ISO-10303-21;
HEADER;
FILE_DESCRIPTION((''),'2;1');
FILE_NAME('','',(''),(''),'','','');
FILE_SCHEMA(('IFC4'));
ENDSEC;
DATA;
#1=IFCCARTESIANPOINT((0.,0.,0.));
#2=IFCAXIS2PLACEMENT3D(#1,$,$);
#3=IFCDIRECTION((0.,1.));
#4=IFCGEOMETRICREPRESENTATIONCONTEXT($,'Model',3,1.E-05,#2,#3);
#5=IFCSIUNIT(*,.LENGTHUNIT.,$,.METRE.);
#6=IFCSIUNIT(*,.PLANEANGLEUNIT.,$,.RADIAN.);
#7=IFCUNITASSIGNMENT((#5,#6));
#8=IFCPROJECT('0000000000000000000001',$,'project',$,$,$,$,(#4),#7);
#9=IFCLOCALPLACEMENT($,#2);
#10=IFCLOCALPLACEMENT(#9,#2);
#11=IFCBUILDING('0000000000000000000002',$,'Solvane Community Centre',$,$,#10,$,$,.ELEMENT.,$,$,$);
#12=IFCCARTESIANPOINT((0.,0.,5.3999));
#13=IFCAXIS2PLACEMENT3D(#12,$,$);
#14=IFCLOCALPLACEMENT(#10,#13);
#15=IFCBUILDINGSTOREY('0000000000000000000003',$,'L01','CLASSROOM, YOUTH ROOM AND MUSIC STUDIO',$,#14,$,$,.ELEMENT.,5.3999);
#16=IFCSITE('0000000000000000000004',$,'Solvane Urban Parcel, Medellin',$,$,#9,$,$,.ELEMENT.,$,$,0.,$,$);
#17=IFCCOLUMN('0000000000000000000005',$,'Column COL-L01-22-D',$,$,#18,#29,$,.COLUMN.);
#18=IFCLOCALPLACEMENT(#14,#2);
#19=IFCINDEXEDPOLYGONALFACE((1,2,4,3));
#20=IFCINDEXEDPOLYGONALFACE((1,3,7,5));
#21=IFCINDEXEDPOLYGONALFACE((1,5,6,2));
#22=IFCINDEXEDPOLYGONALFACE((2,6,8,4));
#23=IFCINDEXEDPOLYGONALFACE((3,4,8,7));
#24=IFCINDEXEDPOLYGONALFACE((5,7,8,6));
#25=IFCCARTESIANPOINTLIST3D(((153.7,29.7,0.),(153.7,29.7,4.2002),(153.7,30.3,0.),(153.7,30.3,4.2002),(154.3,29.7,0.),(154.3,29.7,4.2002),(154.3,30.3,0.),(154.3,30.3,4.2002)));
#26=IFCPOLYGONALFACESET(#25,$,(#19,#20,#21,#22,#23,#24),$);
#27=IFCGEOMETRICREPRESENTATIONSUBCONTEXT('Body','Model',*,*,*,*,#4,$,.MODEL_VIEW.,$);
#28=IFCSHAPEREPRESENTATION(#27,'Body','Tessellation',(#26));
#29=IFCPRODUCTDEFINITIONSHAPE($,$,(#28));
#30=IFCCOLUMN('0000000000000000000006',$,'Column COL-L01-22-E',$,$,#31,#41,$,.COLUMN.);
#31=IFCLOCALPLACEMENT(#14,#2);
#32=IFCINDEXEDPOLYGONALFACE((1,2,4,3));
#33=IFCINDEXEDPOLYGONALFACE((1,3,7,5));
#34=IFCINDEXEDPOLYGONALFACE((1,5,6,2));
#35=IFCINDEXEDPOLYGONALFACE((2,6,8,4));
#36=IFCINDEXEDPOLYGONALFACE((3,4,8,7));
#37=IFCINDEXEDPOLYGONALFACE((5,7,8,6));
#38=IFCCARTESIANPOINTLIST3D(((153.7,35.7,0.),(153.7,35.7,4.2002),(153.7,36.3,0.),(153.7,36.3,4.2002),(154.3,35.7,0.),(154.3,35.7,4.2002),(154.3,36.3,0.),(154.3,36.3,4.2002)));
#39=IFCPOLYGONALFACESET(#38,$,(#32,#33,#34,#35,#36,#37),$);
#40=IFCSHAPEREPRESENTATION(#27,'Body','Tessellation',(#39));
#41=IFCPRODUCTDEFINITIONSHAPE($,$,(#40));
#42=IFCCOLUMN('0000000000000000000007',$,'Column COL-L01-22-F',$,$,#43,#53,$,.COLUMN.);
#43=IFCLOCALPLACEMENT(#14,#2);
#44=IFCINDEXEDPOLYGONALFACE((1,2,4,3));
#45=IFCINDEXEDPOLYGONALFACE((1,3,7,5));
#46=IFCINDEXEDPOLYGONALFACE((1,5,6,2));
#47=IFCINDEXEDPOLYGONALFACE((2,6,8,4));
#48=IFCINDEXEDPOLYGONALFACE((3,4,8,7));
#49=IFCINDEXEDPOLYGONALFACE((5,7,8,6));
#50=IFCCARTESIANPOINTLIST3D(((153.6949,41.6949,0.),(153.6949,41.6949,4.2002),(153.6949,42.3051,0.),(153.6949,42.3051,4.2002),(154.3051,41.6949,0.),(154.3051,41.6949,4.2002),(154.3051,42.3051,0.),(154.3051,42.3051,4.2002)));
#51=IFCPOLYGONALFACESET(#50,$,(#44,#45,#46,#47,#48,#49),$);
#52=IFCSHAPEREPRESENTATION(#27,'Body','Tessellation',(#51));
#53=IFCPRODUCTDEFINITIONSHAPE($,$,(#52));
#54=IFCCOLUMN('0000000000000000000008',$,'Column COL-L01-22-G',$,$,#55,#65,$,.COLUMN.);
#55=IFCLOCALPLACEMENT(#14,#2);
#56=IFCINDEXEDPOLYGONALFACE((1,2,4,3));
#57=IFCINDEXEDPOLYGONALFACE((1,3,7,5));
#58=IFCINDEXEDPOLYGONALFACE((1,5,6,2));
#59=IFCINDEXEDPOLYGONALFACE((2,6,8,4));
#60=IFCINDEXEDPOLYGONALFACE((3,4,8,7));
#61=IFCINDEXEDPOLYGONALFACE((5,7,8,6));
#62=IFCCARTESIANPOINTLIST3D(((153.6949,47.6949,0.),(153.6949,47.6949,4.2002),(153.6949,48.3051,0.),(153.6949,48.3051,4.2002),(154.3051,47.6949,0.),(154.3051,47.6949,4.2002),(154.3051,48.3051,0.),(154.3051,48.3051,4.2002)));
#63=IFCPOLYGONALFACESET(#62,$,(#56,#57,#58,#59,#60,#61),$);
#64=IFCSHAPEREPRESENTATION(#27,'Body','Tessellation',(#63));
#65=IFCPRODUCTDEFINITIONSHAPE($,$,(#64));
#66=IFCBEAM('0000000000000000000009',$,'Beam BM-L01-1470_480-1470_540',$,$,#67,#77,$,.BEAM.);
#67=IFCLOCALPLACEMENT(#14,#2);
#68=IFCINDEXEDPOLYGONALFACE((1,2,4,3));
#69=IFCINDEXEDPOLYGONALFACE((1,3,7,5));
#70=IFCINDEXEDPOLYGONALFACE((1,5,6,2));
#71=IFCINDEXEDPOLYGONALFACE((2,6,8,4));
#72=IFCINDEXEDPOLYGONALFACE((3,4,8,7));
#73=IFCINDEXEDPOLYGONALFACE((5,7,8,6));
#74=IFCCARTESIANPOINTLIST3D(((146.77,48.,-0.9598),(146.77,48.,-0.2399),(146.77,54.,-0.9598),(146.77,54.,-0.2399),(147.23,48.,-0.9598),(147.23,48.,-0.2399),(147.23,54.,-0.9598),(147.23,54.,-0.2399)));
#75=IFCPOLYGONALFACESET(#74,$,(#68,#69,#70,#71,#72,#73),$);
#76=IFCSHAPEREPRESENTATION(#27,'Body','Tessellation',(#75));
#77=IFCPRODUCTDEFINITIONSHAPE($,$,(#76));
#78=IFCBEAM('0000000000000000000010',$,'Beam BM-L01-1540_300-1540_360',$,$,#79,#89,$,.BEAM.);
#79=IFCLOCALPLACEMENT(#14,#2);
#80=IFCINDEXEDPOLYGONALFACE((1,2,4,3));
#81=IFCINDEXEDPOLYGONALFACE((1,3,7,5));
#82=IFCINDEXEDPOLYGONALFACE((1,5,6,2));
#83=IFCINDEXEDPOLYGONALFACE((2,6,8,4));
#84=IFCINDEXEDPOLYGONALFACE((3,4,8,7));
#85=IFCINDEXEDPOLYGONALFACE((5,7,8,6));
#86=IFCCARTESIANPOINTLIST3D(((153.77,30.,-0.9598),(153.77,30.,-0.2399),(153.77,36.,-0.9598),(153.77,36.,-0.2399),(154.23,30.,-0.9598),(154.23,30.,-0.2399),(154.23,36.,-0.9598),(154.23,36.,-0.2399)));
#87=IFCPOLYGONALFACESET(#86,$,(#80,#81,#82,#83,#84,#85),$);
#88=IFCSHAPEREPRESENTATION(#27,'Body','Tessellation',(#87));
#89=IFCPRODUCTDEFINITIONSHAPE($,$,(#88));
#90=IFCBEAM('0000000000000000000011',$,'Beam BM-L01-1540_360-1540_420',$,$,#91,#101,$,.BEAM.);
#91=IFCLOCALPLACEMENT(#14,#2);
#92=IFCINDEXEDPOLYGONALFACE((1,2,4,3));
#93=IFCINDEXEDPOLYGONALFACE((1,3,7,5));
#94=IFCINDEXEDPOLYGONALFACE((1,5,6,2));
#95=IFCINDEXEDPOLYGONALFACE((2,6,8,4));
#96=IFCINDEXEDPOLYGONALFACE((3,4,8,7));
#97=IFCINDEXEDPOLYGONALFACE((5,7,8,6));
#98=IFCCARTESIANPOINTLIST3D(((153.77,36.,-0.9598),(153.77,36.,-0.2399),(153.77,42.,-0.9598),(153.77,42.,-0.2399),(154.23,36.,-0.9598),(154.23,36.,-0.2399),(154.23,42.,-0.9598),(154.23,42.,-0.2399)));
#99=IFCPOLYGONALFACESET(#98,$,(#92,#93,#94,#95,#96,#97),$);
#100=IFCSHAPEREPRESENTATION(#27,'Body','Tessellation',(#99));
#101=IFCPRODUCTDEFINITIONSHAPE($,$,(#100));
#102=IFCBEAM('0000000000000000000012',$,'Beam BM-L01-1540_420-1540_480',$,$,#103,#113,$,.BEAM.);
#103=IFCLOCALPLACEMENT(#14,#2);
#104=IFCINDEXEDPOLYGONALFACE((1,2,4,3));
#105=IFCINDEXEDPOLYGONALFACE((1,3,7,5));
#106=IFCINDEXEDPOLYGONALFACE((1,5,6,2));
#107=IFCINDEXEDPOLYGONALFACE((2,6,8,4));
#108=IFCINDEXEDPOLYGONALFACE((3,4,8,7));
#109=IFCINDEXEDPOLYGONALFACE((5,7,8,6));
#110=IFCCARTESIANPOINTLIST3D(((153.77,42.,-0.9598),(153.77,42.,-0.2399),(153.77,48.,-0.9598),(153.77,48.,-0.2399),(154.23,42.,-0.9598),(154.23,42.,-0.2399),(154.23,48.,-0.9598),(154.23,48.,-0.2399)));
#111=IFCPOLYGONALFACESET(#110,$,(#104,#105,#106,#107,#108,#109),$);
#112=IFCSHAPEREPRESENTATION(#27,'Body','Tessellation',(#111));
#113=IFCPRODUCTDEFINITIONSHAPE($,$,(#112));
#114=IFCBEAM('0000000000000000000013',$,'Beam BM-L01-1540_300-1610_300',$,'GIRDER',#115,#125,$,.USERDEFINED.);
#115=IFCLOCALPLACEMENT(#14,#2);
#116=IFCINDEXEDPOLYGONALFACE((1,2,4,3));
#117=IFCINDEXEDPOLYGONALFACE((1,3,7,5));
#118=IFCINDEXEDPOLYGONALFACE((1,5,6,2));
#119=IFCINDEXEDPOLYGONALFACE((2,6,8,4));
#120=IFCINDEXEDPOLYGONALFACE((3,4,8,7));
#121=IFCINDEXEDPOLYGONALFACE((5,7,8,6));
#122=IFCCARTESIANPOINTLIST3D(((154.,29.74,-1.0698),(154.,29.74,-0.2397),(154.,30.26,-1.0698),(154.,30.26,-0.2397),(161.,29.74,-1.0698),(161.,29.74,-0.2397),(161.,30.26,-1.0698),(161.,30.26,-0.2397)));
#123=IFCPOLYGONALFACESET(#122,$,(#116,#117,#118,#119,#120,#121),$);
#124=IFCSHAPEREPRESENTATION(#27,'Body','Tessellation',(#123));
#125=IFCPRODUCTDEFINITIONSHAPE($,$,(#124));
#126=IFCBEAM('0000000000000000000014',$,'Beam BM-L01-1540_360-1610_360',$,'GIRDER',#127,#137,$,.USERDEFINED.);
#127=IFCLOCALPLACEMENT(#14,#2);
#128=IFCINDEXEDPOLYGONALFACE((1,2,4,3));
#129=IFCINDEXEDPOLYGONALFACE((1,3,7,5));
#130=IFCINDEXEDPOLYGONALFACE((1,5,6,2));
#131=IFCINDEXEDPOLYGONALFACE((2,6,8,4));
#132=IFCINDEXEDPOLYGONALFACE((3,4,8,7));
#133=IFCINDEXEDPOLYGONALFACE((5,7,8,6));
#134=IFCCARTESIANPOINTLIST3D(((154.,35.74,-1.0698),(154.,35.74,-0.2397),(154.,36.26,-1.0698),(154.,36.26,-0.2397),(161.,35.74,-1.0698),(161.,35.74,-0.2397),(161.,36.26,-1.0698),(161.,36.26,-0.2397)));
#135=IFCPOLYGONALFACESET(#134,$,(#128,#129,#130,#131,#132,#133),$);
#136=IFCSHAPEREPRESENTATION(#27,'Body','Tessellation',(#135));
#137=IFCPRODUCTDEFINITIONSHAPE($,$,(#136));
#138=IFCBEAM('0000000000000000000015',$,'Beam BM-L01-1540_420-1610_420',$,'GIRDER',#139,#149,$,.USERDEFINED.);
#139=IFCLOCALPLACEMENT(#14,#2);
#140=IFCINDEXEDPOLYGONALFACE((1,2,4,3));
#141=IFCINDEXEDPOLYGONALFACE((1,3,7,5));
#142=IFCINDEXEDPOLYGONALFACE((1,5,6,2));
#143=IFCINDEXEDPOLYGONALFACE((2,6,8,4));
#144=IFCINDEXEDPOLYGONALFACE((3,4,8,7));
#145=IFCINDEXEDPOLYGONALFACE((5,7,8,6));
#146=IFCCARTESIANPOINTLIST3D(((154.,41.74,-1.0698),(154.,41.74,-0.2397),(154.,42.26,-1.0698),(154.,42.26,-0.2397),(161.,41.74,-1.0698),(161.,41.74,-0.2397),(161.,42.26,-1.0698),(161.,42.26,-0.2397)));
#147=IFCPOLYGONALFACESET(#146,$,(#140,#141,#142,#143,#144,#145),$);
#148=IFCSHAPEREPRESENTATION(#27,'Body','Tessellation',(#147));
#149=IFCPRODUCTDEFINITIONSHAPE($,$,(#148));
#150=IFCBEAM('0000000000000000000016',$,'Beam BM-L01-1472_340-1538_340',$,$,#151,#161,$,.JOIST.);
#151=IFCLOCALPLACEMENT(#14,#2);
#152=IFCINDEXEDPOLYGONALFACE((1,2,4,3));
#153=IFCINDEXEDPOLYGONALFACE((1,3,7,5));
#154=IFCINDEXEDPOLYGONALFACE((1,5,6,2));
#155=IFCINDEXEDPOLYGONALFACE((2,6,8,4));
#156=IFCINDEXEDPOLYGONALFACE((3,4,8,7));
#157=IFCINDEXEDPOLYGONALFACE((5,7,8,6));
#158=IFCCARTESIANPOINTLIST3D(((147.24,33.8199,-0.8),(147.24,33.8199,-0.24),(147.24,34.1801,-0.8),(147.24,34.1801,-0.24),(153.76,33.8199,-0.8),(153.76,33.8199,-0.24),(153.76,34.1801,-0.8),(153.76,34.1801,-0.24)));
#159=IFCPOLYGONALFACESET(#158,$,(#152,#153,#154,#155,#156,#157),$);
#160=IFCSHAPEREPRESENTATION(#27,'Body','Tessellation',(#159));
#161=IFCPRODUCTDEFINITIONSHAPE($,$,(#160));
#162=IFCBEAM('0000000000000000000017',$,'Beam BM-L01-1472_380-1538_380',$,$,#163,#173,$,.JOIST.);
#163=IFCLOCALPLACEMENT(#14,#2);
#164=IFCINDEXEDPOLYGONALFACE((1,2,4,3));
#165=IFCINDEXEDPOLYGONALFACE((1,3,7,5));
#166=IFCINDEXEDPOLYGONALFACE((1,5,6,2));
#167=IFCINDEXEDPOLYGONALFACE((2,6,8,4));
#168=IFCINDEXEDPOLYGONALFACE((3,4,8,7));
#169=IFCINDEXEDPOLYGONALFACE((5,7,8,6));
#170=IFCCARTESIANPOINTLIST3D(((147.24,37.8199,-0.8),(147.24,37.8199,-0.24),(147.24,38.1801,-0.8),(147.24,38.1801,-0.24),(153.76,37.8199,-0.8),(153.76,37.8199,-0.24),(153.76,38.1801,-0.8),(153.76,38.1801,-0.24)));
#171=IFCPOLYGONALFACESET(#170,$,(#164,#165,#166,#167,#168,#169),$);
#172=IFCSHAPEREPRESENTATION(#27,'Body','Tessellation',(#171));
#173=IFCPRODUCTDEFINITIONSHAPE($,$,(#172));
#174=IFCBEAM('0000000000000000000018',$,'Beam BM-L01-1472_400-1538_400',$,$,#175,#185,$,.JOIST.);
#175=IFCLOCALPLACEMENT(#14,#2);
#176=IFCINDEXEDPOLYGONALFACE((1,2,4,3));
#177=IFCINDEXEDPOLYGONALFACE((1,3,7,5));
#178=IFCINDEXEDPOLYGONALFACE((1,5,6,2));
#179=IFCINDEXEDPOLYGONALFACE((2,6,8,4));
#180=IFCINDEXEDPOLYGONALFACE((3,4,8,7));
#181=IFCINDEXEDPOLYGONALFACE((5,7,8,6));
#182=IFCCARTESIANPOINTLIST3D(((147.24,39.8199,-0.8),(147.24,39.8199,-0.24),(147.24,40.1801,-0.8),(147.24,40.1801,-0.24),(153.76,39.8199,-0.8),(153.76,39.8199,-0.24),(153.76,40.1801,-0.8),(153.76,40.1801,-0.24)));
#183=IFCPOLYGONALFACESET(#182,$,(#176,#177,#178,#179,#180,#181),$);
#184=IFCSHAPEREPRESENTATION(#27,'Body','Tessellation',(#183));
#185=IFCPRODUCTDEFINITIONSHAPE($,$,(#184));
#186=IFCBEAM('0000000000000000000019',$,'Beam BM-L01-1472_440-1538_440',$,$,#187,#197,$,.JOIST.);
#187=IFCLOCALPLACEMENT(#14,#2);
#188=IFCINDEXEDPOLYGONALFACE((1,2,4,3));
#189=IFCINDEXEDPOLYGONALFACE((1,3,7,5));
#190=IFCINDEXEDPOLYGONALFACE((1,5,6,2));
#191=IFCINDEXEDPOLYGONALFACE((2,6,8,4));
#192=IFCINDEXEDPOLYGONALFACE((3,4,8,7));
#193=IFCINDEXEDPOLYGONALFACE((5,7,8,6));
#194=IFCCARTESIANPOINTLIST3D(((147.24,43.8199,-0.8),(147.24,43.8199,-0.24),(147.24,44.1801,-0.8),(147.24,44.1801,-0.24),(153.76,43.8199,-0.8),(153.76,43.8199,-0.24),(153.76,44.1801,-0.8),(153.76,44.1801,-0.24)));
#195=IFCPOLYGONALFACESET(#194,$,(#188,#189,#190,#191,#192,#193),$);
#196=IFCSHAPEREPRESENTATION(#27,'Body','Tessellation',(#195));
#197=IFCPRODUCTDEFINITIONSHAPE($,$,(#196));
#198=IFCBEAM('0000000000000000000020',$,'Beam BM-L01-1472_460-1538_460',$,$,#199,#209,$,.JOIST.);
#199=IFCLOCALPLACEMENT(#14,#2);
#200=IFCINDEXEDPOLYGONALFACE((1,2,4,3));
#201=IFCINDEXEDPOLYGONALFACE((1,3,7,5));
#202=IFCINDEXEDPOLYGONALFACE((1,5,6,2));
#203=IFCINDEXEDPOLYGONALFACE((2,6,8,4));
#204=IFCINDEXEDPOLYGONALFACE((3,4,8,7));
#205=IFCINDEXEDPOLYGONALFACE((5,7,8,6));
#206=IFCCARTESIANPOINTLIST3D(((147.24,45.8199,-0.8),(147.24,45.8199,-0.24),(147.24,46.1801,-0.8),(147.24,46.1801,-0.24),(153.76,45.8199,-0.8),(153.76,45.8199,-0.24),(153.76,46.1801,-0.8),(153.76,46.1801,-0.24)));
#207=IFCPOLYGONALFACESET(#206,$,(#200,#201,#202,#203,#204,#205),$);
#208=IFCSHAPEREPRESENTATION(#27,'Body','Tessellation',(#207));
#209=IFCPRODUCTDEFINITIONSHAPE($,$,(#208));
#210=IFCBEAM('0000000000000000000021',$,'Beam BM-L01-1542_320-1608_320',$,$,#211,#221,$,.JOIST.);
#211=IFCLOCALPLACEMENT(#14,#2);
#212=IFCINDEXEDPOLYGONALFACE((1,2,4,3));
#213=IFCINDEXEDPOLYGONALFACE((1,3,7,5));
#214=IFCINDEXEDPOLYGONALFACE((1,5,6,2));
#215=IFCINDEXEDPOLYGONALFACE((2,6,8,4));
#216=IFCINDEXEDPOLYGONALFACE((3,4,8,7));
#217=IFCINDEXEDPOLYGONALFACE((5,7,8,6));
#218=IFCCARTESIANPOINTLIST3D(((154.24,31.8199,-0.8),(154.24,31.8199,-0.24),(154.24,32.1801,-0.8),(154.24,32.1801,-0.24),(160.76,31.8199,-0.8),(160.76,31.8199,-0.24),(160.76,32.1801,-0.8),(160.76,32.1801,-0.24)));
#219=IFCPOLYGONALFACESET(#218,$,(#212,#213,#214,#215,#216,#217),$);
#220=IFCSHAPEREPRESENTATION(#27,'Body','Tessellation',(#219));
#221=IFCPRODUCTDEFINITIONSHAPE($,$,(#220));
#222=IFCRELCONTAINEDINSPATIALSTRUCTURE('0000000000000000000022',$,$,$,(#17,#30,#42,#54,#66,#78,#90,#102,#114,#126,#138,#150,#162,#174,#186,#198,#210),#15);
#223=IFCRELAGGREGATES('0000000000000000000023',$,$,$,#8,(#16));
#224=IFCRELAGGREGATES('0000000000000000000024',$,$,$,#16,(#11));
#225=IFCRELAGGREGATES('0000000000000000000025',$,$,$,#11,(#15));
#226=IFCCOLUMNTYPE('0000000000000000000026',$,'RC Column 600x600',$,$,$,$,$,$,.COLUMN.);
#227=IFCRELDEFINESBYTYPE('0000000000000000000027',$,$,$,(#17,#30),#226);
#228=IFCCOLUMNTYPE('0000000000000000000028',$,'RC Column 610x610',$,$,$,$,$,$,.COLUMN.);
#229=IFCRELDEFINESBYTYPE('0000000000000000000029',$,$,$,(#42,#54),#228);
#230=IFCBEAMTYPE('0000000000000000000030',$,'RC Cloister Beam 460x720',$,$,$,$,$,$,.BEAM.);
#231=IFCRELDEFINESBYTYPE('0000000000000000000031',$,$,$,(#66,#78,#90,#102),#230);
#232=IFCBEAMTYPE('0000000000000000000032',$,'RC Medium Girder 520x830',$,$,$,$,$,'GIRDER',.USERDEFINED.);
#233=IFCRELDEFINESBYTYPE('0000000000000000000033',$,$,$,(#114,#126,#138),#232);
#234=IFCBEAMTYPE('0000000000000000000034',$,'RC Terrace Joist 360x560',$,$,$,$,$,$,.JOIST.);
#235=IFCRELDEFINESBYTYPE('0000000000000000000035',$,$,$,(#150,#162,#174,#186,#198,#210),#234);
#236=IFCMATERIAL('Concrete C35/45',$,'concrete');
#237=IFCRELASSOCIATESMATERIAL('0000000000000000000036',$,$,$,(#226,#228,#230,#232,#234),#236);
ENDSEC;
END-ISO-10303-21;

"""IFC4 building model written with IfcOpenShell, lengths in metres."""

from ifc_helpers import new_model, si_unit, direction, frame, origin, origin_2d, place, context, subcontext, project, spatial, rectangle, extrude, material, material_profile, profile_set, type_object, element, save


model = new_model("IFC4")

# Units and contexts
model_context = context("Model", 3, precision=1e-05, world=origin(), true_north=direction((0.0, 1.0)))
body_context = subcontext(model_context, "Body", "Model", "MODEL_VIEW")
ifc_project = project(units=[si_unit("LENGTHUNIT", "METRE"), si_unit("PLANEANGLEUNIT", "RADIAN")], contexts=[model_context])

# Site, building, storey
site_placement = place(None, origin())
site = spatial("IfcSite", under=ifc_project, at=site_placement, Name="Solvane Urban Parcel, Medellin", CompositionType="ELEMENT", RefElevation=0.0)
building_placement = place(site_placement, origin())
building = spatial("IfcBuilding", under=site, at=building_placement, Name="Solvane Community Centre", CompositionType="ELEMENT")
storey_placement = place(building_placement, frame((0.0, 0.0, 5.3999)))
storey = spatial("IfcBuildingStorey", under=building, at=storey_placement, Name="L01", Description="CLASSROOM, YOUTH ROOM AND MUSIC STUDIO", CompositionType="ELEMENT", Elevation=5.3999)

# Columns
ifc_material_1 = material(Name="Concrete C35/45", Category="concrete")
ifc_material_profile_1 = material_profile(ifc_material_1, rectangle(XDim=0.6001, YDim=0.6001, at=origin_2d()), Name="RC 600x600")
ifc_profile_set_1 = profile_set([ifc_material_profile_1], Name="Concrete C35/45")
column_type_1 = type_object("IfcColumnType", Name="RC Column 600x600", PredefinedType="COLUMN", material=ifc_profile_set_1)
for number, where, z_axis, x_axis, name in (
    (1, (154.0, 30.0, 0.0), (0.0, 0.0, 1.0), (1.0, 0.0, 0.0), "Column COL-L01-22-D"),
    (2, (154.0, 36.0, 0.0), (0.0, 0.0, 1.0), (1.0, 0.0, 0.0), "Column COL-L01-22-E"),
):
    element("IfcColumn", number, at=place(storey_placement, frame(where, z_axis=z_axis, x_axis=x_axis)), inside=storey, type_object=column_type_1, Name=name, PredefinedType="COLUMN", context=body_context, shape_type="SweptSolid", body=[
        extrude(rectangle(XDim=0.6001, YDim=0.6001, at=origin_2d()), origin(), (0.0, 0.0, 1.0), 4.2002),
    ])
ifc_material_profile_2 = material_profile(ifc_material_1, rectangle(XDim=0.6101, YDim=0.6101, at=origin_2d()), Name="RC 610x610")
ifc_profile_set_2 = profile_set([ifc_material_profile_2], Name="Concrete C35/45")
column_type_2 = type_object("IfcColumnType", Name="RC Column 610x610", PredefinedType="COLUMN", material=ifc_profile_set_2)
for number, where, z_axis, x_axis, name in (
    (3, (154.0, 42.0, 0.0), (0.0, 0.0, 1.0), (1.0, 0.0, 0.0), "Column COL-L01-22-F"),
    (4, (154.0, 48.0, 0.0), (0.0, 0.0, 1.0), (1.0, 0.0, 0.0), "Column COL-L01-22-G"),
):
    element("IfcColumn", number, at=place(storey_placement, frame(where, z_axis=z_axis, x_axis=x_axis)), inside=storey, type_object=column_type_2, Name=name, PredefinedType="COLUMN", context=body_context, shape_type="SweptSolid", body=[
        extrude(rectangle(XDim=0.6101, YDim=0.6101, at=origin_2d()), origin(), (0.0, 0.0, 1.0), 4.2002),
    ])

# Beams
ifc_material_profile_3 = material_profile(ifc_material_1, rectangle(XDim=0.46, YDim=0.72, at=origin_2d()), Name="RC 460x720")
ifc_profile_set_3 = profile_set([ifc_material_profile_3], Name="Concrete C35/45")
beam_type_1 = type_object("IfcBeamType", Name="RC Cloister Beam 460x720", PredefinedType="BEAM", material=ifc_profile_set_3)
for number, where, z_axis, x_axis, name in (
    (5, (147.0, 48.0, -0.5999), (0.0, 1.0, 0.0), (-1.0, 0.0, 0.0), "Beam BM-L01-1470_480-1470_540"),
    (6, (154.0, 30.0, -0.5999), (0.0, 1.0, 0.0), (-1.0, 0.0, 0.0), "Beam BM-L01-1540_300-1540_360"),
    (7, (154.0, 36.0, -0.5999), (0.0, 1.0, 0.0), (-1.0, 0.0, 0.0), "Beam BM-L01-1540_360-1540_420"),
    (8, (154.0, 42.0, -0.5999), (0.0, 1.0, 0.0), (-1.0, 0.0, 0.0), "Beam BM-L01-1540_420-1540_480"),
):
    element("IfcBeam", number, at=place(storey_placement, frame(where, z_axis=z_axis, x_axis=x_axis)), inside=storey, type_object=beam_type_1, Name=name, PredefinedType="BEAM", context=body_context, shape_type="SweptSolid", body=[
        extrude(rectangle(XDim=0.46, YDim=0.72, at=origin_2d()), origin(), (0.0, 0.0, 1.0), 6.0),
    ])
ifc_material_profile_4 = material_profile(ifc_material_1, rectangle(XDim=0.52, YDim=0.8301, at=origin_2d()), Name="RC 520x830")
ifc_profile_set_4 = profile_set([ifc_material_profile_4], Name="Concrete C35/45")
beam_type_2 = type_object("IfcBeamType", Name="RC Medium Girder 520x830", ElementType="GIRDER", PredefinedType="USERDEFINED", material=ifc_profile_set_4)
for number, where, z_axis, x_axis, name in (
    (9, (154.0, 30.0, -0.6548), (1.0, 0.0, 0.0), (0.0, 1.0, 0.0), "Beam BM-L01-1540_300-1610_300"),
    (10, (154.0, 36.0, -0.6548), (1.0, 0.0, 0.0), (0.0, 1.0, 0.0), "Beam BM-L01-1540_360-1610_360"),
    (11, (154.0, 42.0, -0.6548), (1.0, 0.0, 0.0), (0.0, 1.0, 0.0), "Beam BM-L01-1540_420-1610_420"),
):
    element("IfcBeam", number, at=place(storey_placement, frame(where, z_axis=z_axis, x_axis=x_axis)), inside=storey, type_object=beam_type_2, Name=name, ObjectType="GIRDER", PredefinedType="USERDEFINED", context=body_context, shape_type="SweptSolid", body=[
        extrude(rectangle(XDim=0.52, YDim=0.8301, at=origin_2d()), origin(), (0.0, 0.0, 1.0), 7.0),
    ])
ifc_material_profile_5 = material_profile(ifc_material_1, rectangle(XDim=0.3601, YDim=0.5601, at=origin_2d()), Name="RC 360x560")
ifc_profile_set_5 = profile_set([ifc_material_profile_5], Name="Concrete C35/45")
beam_type_3 = type_object("IfcBeamType", Name="RC Terrace Joist 360x560", PredefinedType="JOIST", material=ifc_profile_set_5)
for number, where, z_axis, x_axis, name in (
    (12, (147.24, 34.0, -0.52), (1.0, 0.0, 0.0), (0.0, 1.0, 0.0), "Beam BM-L01-1472_340-1538_340"),
    (13, (147.24, 38.0, -0.52), (1.0, 0.0, 0.0), (0.0, 1.0, 0.0), "Beam BM-L01-1472_380-1538_380"),
    (14, (147.24, 40.0, -0.52), (1.0, 0.0, 0.0), (0.0, 1.0, 0.0), "Beam BM-L01-1472_400-1538_400"),
    (15, (147.24, 44.0, -0.52), (1.0, 0.0, 0.0), (0.0, 1.0, 0.0), "Beam BM-L01-1472_440-1538_440"),
    (16, (147.24, 46.0, -0.52), (1.0, 0.0, 0.0), (0.0, 1.0, 0.0), "Beam BM-L01-1472_460-1538_460"),
    (17, (154.24, 32.0, -0.52), (1.0, 0.0, 0.0), (0.0, 1.0, 0.0), "Beam BM-L01-1542_320-1608_320"),
):
    element("IfcBeam", number, at=place(storey_placement, frame(where, z_axis=z_axis, x_axis=x_axis)), inside=storey, type_object=beam_type_3, Name=name, PredefinedType="JOIST", context=body_context, shape_type="SweptSolid", body=[
        extrude(rectangle(XDim=0.3601, YDim=0.5601, at=origin_2d()), origin(), (0.0, 0.0, 1.0), 6.52),
    ])

save(model, "model.ifc")
